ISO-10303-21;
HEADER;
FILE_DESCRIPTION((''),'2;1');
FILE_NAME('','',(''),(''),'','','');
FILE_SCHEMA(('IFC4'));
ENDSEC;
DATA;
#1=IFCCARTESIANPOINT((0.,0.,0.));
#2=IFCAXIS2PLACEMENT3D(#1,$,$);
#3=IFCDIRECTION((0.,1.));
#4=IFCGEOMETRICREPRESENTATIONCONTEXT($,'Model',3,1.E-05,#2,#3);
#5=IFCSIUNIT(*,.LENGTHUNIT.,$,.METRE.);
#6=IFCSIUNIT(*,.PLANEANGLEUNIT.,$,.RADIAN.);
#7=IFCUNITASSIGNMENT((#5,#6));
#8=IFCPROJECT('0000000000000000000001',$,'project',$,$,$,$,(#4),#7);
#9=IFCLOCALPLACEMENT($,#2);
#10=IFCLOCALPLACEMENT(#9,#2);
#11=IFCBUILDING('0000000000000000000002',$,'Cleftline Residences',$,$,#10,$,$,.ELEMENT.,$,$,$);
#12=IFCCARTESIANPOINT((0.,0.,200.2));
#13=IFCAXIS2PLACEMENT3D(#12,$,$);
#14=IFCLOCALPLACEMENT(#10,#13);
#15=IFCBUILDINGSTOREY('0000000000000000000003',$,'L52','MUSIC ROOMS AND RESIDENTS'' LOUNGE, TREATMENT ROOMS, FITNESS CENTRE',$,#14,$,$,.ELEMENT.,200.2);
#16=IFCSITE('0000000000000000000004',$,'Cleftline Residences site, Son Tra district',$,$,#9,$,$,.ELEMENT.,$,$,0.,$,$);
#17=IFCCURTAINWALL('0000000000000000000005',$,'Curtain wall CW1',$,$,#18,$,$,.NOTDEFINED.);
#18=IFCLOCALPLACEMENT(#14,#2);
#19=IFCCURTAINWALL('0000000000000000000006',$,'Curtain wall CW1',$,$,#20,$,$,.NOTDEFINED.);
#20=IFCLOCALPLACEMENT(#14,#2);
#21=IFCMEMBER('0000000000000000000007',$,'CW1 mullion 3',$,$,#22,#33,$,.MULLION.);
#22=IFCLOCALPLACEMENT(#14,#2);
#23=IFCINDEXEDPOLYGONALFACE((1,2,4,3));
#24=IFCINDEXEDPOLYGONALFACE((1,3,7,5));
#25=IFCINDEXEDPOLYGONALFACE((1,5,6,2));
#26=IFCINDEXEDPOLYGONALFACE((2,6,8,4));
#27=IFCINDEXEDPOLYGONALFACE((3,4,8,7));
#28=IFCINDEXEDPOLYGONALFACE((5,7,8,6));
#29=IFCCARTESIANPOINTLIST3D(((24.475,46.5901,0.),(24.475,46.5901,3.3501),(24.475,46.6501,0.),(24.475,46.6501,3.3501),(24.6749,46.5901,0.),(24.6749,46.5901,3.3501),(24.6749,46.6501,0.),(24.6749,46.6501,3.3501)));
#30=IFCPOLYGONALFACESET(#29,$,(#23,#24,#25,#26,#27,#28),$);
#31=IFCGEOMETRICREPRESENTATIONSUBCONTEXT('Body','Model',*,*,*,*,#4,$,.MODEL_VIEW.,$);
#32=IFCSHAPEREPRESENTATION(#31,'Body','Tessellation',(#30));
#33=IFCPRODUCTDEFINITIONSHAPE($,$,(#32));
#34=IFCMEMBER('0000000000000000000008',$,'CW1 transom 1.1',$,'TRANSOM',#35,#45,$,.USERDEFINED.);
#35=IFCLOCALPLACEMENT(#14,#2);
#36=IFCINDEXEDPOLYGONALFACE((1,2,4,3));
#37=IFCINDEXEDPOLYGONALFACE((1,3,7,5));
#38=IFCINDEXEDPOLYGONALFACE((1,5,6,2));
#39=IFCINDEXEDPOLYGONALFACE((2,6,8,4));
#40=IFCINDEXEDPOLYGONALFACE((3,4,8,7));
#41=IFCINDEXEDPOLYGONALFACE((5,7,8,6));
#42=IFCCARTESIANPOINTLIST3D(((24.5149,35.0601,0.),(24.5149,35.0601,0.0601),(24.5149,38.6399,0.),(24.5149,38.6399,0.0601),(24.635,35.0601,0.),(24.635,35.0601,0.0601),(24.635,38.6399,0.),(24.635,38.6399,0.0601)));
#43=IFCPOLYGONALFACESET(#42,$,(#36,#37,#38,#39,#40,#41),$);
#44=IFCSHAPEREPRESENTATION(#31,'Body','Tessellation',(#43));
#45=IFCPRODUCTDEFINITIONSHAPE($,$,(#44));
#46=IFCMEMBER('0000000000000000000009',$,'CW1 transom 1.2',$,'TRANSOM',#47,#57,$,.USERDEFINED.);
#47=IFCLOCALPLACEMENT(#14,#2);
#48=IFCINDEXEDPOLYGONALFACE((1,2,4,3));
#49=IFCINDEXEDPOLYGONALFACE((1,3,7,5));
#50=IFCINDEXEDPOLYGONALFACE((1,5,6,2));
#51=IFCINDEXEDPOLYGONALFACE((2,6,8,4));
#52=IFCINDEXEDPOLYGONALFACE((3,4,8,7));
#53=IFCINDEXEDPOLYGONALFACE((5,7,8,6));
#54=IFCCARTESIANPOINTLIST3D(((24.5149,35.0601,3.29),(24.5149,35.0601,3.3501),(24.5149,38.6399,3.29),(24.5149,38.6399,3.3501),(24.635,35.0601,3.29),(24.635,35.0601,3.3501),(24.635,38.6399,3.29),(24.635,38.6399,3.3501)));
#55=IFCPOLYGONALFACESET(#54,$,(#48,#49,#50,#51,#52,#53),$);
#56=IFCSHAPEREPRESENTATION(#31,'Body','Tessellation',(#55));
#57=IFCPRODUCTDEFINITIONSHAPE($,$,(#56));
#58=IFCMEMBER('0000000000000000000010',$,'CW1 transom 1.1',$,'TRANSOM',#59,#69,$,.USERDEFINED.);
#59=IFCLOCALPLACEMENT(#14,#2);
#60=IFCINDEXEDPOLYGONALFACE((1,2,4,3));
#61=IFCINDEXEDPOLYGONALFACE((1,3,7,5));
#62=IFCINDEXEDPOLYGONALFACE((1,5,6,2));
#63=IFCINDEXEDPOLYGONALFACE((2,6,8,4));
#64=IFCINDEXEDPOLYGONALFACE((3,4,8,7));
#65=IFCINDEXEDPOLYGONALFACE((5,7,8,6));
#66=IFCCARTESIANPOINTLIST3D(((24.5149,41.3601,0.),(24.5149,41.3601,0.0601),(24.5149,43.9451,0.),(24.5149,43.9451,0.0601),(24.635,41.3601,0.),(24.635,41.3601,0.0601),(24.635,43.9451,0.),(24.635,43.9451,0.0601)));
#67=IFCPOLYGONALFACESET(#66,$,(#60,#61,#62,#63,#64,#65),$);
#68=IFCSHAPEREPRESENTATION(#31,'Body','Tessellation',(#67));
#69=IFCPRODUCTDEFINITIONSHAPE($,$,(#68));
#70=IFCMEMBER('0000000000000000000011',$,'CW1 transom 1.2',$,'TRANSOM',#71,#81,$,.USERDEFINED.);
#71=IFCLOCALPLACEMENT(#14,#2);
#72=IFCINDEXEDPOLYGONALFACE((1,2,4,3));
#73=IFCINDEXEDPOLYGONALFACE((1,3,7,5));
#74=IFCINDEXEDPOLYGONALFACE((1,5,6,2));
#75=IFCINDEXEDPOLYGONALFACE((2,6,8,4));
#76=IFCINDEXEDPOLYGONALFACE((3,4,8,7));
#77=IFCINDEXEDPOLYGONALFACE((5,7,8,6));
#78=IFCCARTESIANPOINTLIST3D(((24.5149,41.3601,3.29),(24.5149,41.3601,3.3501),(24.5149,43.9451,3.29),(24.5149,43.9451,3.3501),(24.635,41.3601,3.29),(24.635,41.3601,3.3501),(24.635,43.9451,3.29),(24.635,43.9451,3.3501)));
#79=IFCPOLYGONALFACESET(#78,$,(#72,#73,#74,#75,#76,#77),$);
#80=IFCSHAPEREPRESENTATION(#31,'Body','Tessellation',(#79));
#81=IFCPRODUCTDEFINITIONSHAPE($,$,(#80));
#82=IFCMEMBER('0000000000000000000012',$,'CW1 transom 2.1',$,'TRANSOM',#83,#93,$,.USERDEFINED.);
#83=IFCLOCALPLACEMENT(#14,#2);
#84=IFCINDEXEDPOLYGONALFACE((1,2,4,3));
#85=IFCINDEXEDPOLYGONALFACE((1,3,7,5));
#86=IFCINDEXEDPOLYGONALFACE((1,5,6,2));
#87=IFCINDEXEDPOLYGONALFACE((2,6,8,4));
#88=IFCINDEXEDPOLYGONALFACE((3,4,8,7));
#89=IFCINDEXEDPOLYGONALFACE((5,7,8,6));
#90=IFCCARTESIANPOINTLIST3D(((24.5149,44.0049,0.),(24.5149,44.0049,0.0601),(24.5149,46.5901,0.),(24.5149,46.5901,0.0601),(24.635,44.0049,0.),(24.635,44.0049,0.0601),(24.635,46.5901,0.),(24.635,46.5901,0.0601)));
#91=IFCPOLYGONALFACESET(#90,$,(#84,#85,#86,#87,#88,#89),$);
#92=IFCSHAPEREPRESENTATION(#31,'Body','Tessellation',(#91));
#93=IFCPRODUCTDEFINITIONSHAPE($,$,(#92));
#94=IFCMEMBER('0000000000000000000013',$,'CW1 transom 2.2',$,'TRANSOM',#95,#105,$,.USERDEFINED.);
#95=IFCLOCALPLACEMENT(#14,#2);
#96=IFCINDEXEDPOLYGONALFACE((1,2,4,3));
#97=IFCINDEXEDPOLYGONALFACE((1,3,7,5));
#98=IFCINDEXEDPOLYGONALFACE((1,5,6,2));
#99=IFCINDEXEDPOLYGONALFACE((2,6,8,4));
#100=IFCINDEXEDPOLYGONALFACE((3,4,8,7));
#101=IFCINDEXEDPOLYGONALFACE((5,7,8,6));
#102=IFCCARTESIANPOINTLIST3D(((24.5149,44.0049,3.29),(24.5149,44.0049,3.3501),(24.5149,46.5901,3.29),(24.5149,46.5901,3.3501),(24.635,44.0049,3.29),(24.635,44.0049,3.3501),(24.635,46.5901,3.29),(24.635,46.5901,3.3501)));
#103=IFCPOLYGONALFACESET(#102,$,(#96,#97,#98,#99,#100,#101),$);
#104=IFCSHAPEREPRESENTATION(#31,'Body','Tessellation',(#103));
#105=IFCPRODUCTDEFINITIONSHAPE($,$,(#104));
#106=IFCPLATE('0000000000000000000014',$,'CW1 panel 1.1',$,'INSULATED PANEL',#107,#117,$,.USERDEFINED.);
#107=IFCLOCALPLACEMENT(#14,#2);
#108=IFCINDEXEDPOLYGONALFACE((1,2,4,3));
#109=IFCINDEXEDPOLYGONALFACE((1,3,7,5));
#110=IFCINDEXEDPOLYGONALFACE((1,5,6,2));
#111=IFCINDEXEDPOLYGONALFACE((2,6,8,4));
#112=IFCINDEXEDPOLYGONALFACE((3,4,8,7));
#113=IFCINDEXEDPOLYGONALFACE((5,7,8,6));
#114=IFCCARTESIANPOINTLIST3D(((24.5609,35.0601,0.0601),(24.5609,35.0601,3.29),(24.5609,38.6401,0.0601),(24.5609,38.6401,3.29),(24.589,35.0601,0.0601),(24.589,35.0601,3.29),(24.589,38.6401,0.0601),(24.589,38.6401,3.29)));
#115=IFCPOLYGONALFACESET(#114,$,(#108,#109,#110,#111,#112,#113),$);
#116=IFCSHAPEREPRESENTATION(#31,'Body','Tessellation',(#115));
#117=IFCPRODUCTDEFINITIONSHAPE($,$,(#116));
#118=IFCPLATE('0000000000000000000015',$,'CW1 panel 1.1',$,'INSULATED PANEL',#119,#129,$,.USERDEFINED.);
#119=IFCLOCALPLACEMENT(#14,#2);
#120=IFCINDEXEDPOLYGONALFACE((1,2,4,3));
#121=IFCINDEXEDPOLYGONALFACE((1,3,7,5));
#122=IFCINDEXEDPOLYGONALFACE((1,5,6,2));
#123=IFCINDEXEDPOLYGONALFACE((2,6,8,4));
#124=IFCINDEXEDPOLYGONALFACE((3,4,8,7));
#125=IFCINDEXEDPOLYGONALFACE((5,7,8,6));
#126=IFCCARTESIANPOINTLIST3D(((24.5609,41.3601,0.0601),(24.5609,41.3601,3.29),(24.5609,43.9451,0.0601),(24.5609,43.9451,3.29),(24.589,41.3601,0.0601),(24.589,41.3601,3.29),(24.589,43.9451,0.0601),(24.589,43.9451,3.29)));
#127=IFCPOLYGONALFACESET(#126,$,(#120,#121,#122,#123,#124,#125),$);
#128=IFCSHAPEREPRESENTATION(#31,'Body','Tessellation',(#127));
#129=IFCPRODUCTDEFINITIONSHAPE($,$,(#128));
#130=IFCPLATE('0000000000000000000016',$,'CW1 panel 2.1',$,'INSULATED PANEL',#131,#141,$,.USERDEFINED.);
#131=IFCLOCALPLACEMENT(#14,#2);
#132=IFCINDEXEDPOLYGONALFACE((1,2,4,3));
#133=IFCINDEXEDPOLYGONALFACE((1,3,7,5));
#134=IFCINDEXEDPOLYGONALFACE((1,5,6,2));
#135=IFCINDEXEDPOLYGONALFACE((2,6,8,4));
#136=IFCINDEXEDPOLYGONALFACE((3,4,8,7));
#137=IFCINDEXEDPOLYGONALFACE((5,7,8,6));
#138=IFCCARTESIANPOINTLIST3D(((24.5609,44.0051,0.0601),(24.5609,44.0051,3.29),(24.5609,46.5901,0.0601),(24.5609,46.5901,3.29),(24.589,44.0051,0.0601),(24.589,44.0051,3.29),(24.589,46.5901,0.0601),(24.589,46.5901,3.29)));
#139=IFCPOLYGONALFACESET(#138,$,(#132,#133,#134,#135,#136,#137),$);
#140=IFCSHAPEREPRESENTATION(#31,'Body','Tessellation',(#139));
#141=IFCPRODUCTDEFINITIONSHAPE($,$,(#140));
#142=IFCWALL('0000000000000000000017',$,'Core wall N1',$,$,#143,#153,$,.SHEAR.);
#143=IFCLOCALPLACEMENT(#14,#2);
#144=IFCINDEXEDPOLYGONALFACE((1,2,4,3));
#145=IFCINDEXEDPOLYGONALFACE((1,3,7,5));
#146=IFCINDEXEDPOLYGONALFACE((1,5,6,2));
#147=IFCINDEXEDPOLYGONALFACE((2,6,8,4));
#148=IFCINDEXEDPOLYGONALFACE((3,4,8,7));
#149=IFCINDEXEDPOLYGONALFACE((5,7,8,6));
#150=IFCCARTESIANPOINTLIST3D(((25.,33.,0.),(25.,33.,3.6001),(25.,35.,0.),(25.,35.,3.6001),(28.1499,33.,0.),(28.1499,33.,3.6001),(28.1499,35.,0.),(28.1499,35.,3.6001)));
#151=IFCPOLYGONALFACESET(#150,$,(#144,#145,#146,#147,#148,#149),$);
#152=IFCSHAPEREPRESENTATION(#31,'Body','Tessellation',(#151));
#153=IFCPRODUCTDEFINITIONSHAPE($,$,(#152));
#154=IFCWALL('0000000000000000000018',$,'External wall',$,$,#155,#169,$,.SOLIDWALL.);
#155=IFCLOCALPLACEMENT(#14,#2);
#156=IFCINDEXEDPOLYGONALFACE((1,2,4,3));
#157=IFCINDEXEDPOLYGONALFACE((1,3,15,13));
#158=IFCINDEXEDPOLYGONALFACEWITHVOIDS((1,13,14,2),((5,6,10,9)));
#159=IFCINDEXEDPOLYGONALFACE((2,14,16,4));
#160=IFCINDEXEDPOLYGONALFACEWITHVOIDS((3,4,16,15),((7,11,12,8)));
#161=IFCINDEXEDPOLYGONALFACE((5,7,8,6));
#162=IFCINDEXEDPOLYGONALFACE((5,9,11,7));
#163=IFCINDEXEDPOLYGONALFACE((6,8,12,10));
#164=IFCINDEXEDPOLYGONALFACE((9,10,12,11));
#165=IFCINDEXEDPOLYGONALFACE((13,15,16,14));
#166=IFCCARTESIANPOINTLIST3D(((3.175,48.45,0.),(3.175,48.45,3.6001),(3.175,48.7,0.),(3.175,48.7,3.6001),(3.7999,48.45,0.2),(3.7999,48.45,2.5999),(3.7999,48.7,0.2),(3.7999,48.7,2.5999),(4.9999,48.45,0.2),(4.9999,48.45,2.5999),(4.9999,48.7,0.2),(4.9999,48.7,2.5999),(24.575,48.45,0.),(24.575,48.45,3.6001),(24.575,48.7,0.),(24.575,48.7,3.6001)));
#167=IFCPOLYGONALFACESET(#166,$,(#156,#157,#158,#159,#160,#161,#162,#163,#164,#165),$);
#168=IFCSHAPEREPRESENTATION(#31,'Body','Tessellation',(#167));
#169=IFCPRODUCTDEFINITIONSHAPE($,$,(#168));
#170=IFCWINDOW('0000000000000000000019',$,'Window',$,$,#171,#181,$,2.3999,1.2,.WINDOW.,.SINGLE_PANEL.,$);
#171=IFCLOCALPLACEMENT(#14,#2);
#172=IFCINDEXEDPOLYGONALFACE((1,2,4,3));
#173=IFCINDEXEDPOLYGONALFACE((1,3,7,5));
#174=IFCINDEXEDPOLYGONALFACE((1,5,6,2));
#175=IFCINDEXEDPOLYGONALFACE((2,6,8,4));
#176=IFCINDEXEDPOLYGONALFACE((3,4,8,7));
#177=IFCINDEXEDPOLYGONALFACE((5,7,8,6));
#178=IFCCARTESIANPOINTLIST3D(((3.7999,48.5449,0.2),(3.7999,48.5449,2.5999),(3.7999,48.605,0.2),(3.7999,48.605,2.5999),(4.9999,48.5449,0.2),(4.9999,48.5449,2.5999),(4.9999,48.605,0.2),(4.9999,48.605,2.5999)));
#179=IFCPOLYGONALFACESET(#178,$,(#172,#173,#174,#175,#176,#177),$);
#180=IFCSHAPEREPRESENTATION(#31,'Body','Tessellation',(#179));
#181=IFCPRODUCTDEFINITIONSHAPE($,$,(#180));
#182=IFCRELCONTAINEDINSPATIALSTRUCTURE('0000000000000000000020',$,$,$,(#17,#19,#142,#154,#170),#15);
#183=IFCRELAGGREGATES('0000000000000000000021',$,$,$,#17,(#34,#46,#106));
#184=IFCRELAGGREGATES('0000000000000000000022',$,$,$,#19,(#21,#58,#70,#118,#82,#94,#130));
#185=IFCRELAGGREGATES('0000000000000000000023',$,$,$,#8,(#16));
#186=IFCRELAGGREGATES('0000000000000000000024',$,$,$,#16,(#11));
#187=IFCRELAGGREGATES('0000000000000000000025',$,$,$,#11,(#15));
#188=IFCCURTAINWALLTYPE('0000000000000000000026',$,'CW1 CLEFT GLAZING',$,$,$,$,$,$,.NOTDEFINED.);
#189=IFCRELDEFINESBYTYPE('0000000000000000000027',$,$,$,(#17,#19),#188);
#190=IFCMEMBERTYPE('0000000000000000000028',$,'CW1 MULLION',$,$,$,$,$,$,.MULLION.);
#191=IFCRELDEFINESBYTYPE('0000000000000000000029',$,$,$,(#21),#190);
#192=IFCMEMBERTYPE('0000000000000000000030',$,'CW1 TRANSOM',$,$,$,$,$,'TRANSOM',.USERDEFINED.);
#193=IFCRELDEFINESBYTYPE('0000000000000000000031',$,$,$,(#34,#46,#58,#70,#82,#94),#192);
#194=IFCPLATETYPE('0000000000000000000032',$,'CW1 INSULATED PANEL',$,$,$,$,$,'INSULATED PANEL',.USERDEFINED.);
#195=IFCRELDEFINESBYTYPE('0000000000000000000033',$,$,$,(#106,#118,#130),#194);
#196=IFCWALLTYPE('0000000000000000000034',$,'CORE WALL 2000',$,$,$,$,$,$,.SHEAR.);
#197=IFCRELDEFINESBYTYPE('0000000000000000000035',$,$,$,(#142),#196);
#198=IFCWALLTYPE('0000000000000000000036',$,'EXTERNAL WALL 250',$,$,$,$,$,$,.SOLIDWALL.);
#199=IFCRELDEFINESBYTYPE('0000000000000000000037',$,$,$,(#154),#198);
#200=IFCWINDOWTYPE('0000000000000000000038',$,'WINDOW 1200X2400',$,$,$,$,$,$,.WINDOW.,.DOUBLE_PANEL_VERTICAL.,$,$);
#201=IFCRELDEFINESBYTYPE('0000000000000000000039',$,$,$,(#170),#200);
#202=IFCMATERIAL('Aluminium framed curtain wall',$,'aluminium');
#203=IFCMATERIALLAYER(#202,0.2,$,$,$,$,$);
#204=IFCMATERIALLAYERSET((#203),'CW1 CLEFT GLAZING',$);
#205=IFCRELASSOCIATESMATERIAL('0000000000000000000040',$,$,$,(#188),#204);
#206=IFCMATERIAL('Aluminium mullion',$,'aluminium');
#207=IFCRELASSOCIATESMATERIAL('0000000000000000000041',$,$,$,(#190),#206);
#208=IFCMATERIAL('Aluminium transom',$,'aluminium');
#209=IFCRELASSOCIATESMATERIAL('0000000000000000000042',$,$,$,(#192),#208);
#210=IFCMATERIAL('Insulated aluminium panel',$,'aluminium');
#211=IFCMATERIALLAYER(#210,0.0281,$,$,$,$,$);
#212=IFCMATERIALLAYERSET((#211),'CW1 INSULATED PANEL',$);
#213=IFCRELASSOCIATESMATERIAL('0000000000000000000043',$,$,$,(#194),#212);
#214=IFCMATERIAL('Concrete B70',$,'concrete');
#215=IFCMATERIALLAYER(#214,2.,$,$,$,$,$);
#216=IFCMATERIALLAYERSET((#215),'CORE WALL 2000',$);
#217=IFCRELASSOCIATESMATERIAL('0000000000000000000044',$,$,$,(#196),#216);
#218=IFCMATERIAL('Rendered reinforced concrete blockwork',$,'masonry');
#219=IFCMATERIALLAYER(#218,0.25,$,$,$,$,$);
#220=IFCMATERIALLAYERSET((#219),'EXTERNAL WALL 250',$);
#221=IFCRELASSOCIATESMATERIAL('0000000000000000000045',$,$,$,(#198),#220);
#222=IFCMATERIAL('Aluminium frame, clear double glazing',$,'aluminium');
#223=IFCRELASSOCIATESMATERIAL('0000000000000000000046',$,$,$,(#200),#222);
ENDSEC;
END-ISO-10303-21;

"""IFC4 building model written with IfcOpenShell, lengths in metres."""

from ifc_helpers import new_model, si_unit, direction, frame, frame_2d, origin, origin_2d, place, context, subcontext, project, spatial, rectangle, extrude, material, layer, layer_set, material_profile, profile_set, type_object, element, fill, aggregate, save


model = new_model("IFC4")

# Units and contexts
model_context = context("Model", 3, precision=1e-05, world=origin(), true_north=direction((0.0, 1.0)))
body_context = subcontext(model_context, "Body", "Model", "MODEL_VIEW")
ifc_project = project(units=[si_unit("LENGTHUNIT", "METRE"), si_unit("PLANEANGLEUNIT", "RADIAN")], contexts=[model_context])

# Site, building, storey
site_placement = place(None, origin())
site = spatial("IfcSite", under=ifc_project, at=site_placement, Name="Cleftline Residences site, Son Tra district", CompositionType="ELEMENT", RefElevation=0.0)
building_placement = place(site_placement, origin())
building = spatial("IfcBuilding", under=site, at=building_placement, Name="Cleftline Residences", CompositionType="ELEMENT")
storey_placement = place(building_placement, frame((0.0, 0.0, 200.2)))
storey = spatial("IfcBuildingStorey", under=building, at=storey_placement, Name="L52", Description="MUSIC ROOMS AND RESIDENTS' LOUNGE, TREATMENT ROOMS, FITNESS CENTRE", CompositionType="ELEMENT", Elevation=200.2)

# Curtain walls, member
ifc_material_1 = material(Name="Aluminium framed curtain wall", Category="aluminium")
ifc_layer_1 = layer(ifc_material_1, 0.2)
ifc_layer_set_1 = layer_set([ifc_layer_1], Name="CW1 CLEFT GLAZING")
curtain_wall_type = type_object("IfcCurtainWallType", Name="CW1 CLEFT GLAZING", PredefinedType="NOTDEFINED", material=ifc_layer_set_1)
curtain_wall_1_placement = place(storey_placement, origin())
curtain_wall_1 = element("IfcCurtainWall", 1, at=curtain_wall_1_placement, inside=storey, type_object=curtain_wall_type, Name="Curtain wall CW1", PredefinedType="NOTDEFINED")
ifc_material_2 = material(Name="Aluminium mullion", Category="aluminium")
ifc_material_profile_1 = material_profile(ifc_material_2, rectangle(XDim=0.2, YDim=0.0601, at=origin_2d()))
ifc_profile_set_1 = profile_set([ifc_material_profile_1], Name="Aluminium mullion")
member_type_1 = type_object("IfcMemberType", Name="CW1 MULLION", PredefinedType="MULLION", material=ifc_profile_set_1)
curtain_wall_2_placement = place(storey_placement, origin())
curtain_wall_2 = element("IfcCurtainWall", 2, at=curtain_wall_2_placement, inside=storey, type_object=curtain_wall_type, Name="Curtain wall CW1", PredefinedType="NOTDEFINED")
member_1_placement = place(storey_placement, frame((24.575, 46.6201, 0.0), z_axis=(0.0, 0.0, 1.0), x_axis=(-1.0, 0.0, 0.0)))
member_1 = element("IfcMember", 3, at=member_1_placement, type_object=member_type_1, Name="CW1 mullion 3", PredefinedType="MULLION", context=body_context, shape_type="SweptSolid", body=[
    extrude(rectangle(XDim=0.2, YDim=0.0601, at=origin_2d()), origin(), (0.0, 0.0, 1.0), 3.3501),
])

# Members
ifc_material_3 = material(Name="Aluminium transom", Category="aluminium")
ifc_material_profile_2 = material_profile(ifc_material_3, rectangle(XDim=0.1201, YDim=0.0601, at=origin_2d()))
ifc_profile_set_2 = profile_set([ifc_material_profile_2], Name="Aluminium transom")
member_type_2 = type_object("IfcMemberType", Name="CW1 TRANSOM", ElementType="TRANSOM", PredefinedType="USERDEFINED", material=ifc_profile_set_2)
member_2_placement = place(storey_placement, frame((24.575, 35.0601, 0.03), z_axis=(0.0, 1.0, 0.0), x_axis=(-1.0, 0.0, 0.0)))
member_2 = element("IfcMember", 4, at=member_2_placement, type_object=member_type_2, Name="CW1 transom 1.1", ObjectType="TRANSOM", PredefinedType="USERDEFINED", context=body_context, shape_type="SweptSolid", body=[
    extrude(rectangle(XDim=0.1201, YDim=0.0601, at=origin_2d()), origin(), (0.0, 0.0, 1.0), 3.5798),
])
member_3_placement = place(storey_placement, frame((24.575, 35.0601, 3.3201), z_axis=(0.0, 1.0, 0.0), x_axis=(-1.0, 0.0, 0.0)))
member_3 = element("IfcMember", 5, at=member_3_placement, type_object=member_type_2, Name="CW1 transom 1.2", ObjectType="TRANSOM", PredefinedType="USERDEFINED", context=body_context, shape_type="SweptSolid", body=[
    extrude(rectangle(XDim=0.1201, YDim=0.0601, at=origin_2d()), origin(), (0.0, 0.0, 1.0), 3.5798),
])
member_4_placement = place(storey_placement, frame((24.575, 41.3601, 0.03), z_axis=(0.0, 1.0, 0.0), x_axis=(-1.0, 0.0, 0.0)))
member_4 = element("IfcMember", 6, at=member_4_placement, type_object=member_type_2, Name="CW1 transom 1.1", ObjectType="TRANSOM", PredefinedType="USERDEFINED", context=body_context, shape_type="SweptSolid", body=[
    extrude(rectangle(XDim=0.1201, YDim=0.0601, at=origin_2d()), origin(), (0.0, 0.0, 1.0), 2.585),
])
member_5_placement = place(storey_placement, frame((24.575, 41.3601, 3.3201), z_axis=(0.0, 1.0, 0.0), x_axis=(-1.0, 0.0, 0.0)))
member_5 = element("IfcMember", 7, at=member_5_placement, type_object=member_type_2, Name="CW1 transom 1.2", ObjectType="TRANSOM", PredefinedType="USERDEFINED", context=body_context, shape_type="SweptSolid", body=[
    extrude(rectangle(XDim=0.1201, YDim=0.0601, at=origin_2d()), origin(), (0.0, 0.0, 1.0), 2.585),
])
member_6_placement = place(storey_placement, frame((24.575, 44.0049, 0.03), z_axis=(0.0, 1.0, 0.0), x_axis=(-1.0, 0.0, 0.0)))
member_6 = element("IfcMember", 8, at=member_6_placement, type_object=member_type_2, Name="CW1 transom 2.1", ObjectType="TRANSOM", PredefinedType="USERDEFINED", context=body_context, shape_type="SweptSolid", body=[
    extrude(rectangle(XDim=0.1201, YDim=0.0601, at=origin_2d()), origin(), (0.0, 0.0, 1.0), 2.5852),
])
member_7_placement = place(storey_placement, frame((24.575, 44.0049, 3.3201), z_axis=(0.0, 1.0, 0.0), x_axis=(-1.0, 0.0, 0.0)))
member_7 = element("IfcMember", 9, at=member_7_placement, type_object=member_type_2, Name="CW1 transom 2.2", ObjectType="TRANSOM", PredefinedType="USERDEFINED", context=body_context, shape_type="SweptSolid", body=[
    extrude(rectangle(XDim=0.1201, YDim=0.0601, at=origin_2d()), origin(), (0.0, 0.0, 1.0), 2.5852),
])

# Plates
ifc_material_4 = material(Name="Insulated aluminium panel", Category="aluminium")
ifc_layer_2 = layer(ifc_material_4, 0.0281)
ifc_layer_set_2 = layer_set([ifc_layer_2], Name="CW1 INSULATED PANEL")
plate_type = type_object("IfcPlateType", Name="CW1 INSULATED PANEL", ElementType="INSULATED PANEL", PredefinedType="USERDEFINED", material=ifc_layer_set_2)
plate_1_placement = place(storey_placement, frame((24.575, 36.8501, 0.0601), z_axis=(0.0, 0.0, 1.0), x_axis=(0.0, 1.0, 0.0)))
plate_1 = element("IfcPlate", 10, at=plate_1_placement, type_object=plate_type, Name="CW1 panel 1.1", ObjectType="INSULATED PANEL", PredefinedType="USERDEFINED", context=body_context, shape_type="SweptSolid", body=[
    extrude(rectangle(XDim=3.5801, YDim=0.0281, at=origin_2d()), origin(), (0.0, 0.0, 1.0), 3.23),
])
aggregate(curtain_wall_1, [member_2, member_3, plate_1])
plate_2_placement = place(storey_placement, frame((24.575, 42.6526, 0.0601), z_axis=(0.0, 0.0, 1.0), x_axis=(0.0, 1.0, 0.0)))
plate_2 = element("IfcPlate", 11, at=plate_2_placement, type_object=plate_type, Name="CW1 panel 1.1", ObjectType="INSULATED PANEL", PredefinedType="USERDEFINED", context=body_context, shape_type="SweptSolid", body=[
    extrude(rectangle(XDim=2.585, YDim=0.0281, at=origin_2d()), origin(), (0.0, 0.0, 1.0), 3.23),
])
plate_3_placement = place(storey_placement, frame((24.575, 45.2976, 0.0601), z_axis=(0.0, 0.0, 1.0), x_axis=(0.0, 1.0, 0.0)))
plate_3 = element("IfcPlate", 12, at=plate_3_placement, type_object=plate_type, Name="CW1 panel 2.1", ObjectType="INSULATED PANEL", PredefinedType="USERDEFINED", context=body_context, shape_type="SweptSolid", body=[
    extrude(rectangle(XDim=2.585, YDim=0.0281, at=origin_2d()), origin(), (0.0, 0.0, 1.0), 3.23),
])
aggregate(curtain_wall_2, [member_1, member_4, member_5, plate_2, member_6, member_7, plate_3])

# Wall
ifc_material_5 = material(Name="Concrete B70", Category="concrete")
ifc_layer_3 = layer(ifc_material_5, 2.0)
ifc_layer_set_3 = layer_set([ifc_layer_3], Name="CORE WALL 2000")
wall_type_1 = type_object("IfcWallType", Name="CORE WALL 2000", PredefinedType="SHEAR", material=ifc_layer_set_3)
wall_1_placement = place(storey_placement, frame((25.0, 34.0, 0.0), z_axis=(0.0, 0.0, 1.0), x_axis=(1.0, 0.0, 0.0)))
element("IfcWall", 13, at=wall_1_placement, inside=storey, type_object=wall_type_1, Name="Core wall N1", PredefinedType="SHEAR", context=body_context, shape_type="SweptSolid", body=[
    extrude(rectangle(XDim=3.1499, YDim=2.0, at=frame_2d((1.575, 0.0))), origin(), (0.0, 0.0, 1.0), 3.6001),
])

# Wall, opening, window
ifc_material_6 = material(Name="Rendered reinforced concrete blockwork", Category="masonry")
ifc_layer_4 = layer(ifc_material_6, 0.25)
ifc_layer_set_4 = layer_set([ifc_layer_4], Name="EXTERNAL WALL 250")
wall_type_2 = type_object("IfcWallType", Name="EXTERNAL WALL 250", PredefinedType="SOLIDWALL", material=ifc_layer_set_4)
wall_2_placement = place(storey_placement, frame((24.575, 48.575, 0.0), z_axis=(0.0, 0.0, 1.0), x_axis=(-1.0, 0.0, 0.0)))
wall_2 = element("IfcWall", 14, at=wall_2_placement, inside=storey, type_object=wall_type_2, Name="External wall", PredefinedType="SOLIDWALL", context=body_context, shape_type="SweptSolid", body=[
    extrude(rectangle(XDim=21.3999, YDim=0.25, at=frame_2d((10.7, 0.0))), origin(), (0.0, 0.0, 1.0), 3.6001),
])
opening_placement = place(wall_2_placement, frame((19.575, 0.0, 0.2)))
opening = element("IfcOpeningElement", 15, at=opening_placement, cuts=wall_2, PredefinedType="OPENING", context=body_context, shape_type="SweptSolid", body=[
    extrude(rectangle(XDim=1.2, YDim=2.3999, at=frame_2d((0.6001, 1.2))), frame((0.0, 0.135, 0.0), z_axis=(0.0, -1.0, 0.0), x_axis=(1.0, 0.0, 0.0)), (0.0, 0.0, 1.0), 0.27),
])
ifc_material_7 = material(Name="Aluminium frame, clear double glazing", Category="aluminium")
window_type = type_object("IfcWindowType", Name="WINDOW 1200X2400", PartitioningType="DOUBLE_PANEL_VERTICAL", PredefinedType="WINDOW", material=ifc_material_7)
window_placement = place(opening_placement, origin())
window = element("IfcWindow", 16, at=window_placement, inside=storey, type_object=window_type, Name="Window", OverallHeight=2.3999, OverallWidth=1.2, PartitioningType="SINGLE_PANEL", PredefinedType="WINDOW", context=body_context, shape_type="SweptSolid", body=[
    extrude(rectangle(XDim=1.2, YDim=2.3999, at=frame_2d((0.6001, 1.2))), frame((0.0, 0.03, 0.0), z_axis=(0.0, -1.0, 0.0), x_axis=(1.0, 0.0, 0.0)), (0.0, 0.0, 1.0), 0.0601),
])
fill(opening, window)

save(model, "model.ifc")
